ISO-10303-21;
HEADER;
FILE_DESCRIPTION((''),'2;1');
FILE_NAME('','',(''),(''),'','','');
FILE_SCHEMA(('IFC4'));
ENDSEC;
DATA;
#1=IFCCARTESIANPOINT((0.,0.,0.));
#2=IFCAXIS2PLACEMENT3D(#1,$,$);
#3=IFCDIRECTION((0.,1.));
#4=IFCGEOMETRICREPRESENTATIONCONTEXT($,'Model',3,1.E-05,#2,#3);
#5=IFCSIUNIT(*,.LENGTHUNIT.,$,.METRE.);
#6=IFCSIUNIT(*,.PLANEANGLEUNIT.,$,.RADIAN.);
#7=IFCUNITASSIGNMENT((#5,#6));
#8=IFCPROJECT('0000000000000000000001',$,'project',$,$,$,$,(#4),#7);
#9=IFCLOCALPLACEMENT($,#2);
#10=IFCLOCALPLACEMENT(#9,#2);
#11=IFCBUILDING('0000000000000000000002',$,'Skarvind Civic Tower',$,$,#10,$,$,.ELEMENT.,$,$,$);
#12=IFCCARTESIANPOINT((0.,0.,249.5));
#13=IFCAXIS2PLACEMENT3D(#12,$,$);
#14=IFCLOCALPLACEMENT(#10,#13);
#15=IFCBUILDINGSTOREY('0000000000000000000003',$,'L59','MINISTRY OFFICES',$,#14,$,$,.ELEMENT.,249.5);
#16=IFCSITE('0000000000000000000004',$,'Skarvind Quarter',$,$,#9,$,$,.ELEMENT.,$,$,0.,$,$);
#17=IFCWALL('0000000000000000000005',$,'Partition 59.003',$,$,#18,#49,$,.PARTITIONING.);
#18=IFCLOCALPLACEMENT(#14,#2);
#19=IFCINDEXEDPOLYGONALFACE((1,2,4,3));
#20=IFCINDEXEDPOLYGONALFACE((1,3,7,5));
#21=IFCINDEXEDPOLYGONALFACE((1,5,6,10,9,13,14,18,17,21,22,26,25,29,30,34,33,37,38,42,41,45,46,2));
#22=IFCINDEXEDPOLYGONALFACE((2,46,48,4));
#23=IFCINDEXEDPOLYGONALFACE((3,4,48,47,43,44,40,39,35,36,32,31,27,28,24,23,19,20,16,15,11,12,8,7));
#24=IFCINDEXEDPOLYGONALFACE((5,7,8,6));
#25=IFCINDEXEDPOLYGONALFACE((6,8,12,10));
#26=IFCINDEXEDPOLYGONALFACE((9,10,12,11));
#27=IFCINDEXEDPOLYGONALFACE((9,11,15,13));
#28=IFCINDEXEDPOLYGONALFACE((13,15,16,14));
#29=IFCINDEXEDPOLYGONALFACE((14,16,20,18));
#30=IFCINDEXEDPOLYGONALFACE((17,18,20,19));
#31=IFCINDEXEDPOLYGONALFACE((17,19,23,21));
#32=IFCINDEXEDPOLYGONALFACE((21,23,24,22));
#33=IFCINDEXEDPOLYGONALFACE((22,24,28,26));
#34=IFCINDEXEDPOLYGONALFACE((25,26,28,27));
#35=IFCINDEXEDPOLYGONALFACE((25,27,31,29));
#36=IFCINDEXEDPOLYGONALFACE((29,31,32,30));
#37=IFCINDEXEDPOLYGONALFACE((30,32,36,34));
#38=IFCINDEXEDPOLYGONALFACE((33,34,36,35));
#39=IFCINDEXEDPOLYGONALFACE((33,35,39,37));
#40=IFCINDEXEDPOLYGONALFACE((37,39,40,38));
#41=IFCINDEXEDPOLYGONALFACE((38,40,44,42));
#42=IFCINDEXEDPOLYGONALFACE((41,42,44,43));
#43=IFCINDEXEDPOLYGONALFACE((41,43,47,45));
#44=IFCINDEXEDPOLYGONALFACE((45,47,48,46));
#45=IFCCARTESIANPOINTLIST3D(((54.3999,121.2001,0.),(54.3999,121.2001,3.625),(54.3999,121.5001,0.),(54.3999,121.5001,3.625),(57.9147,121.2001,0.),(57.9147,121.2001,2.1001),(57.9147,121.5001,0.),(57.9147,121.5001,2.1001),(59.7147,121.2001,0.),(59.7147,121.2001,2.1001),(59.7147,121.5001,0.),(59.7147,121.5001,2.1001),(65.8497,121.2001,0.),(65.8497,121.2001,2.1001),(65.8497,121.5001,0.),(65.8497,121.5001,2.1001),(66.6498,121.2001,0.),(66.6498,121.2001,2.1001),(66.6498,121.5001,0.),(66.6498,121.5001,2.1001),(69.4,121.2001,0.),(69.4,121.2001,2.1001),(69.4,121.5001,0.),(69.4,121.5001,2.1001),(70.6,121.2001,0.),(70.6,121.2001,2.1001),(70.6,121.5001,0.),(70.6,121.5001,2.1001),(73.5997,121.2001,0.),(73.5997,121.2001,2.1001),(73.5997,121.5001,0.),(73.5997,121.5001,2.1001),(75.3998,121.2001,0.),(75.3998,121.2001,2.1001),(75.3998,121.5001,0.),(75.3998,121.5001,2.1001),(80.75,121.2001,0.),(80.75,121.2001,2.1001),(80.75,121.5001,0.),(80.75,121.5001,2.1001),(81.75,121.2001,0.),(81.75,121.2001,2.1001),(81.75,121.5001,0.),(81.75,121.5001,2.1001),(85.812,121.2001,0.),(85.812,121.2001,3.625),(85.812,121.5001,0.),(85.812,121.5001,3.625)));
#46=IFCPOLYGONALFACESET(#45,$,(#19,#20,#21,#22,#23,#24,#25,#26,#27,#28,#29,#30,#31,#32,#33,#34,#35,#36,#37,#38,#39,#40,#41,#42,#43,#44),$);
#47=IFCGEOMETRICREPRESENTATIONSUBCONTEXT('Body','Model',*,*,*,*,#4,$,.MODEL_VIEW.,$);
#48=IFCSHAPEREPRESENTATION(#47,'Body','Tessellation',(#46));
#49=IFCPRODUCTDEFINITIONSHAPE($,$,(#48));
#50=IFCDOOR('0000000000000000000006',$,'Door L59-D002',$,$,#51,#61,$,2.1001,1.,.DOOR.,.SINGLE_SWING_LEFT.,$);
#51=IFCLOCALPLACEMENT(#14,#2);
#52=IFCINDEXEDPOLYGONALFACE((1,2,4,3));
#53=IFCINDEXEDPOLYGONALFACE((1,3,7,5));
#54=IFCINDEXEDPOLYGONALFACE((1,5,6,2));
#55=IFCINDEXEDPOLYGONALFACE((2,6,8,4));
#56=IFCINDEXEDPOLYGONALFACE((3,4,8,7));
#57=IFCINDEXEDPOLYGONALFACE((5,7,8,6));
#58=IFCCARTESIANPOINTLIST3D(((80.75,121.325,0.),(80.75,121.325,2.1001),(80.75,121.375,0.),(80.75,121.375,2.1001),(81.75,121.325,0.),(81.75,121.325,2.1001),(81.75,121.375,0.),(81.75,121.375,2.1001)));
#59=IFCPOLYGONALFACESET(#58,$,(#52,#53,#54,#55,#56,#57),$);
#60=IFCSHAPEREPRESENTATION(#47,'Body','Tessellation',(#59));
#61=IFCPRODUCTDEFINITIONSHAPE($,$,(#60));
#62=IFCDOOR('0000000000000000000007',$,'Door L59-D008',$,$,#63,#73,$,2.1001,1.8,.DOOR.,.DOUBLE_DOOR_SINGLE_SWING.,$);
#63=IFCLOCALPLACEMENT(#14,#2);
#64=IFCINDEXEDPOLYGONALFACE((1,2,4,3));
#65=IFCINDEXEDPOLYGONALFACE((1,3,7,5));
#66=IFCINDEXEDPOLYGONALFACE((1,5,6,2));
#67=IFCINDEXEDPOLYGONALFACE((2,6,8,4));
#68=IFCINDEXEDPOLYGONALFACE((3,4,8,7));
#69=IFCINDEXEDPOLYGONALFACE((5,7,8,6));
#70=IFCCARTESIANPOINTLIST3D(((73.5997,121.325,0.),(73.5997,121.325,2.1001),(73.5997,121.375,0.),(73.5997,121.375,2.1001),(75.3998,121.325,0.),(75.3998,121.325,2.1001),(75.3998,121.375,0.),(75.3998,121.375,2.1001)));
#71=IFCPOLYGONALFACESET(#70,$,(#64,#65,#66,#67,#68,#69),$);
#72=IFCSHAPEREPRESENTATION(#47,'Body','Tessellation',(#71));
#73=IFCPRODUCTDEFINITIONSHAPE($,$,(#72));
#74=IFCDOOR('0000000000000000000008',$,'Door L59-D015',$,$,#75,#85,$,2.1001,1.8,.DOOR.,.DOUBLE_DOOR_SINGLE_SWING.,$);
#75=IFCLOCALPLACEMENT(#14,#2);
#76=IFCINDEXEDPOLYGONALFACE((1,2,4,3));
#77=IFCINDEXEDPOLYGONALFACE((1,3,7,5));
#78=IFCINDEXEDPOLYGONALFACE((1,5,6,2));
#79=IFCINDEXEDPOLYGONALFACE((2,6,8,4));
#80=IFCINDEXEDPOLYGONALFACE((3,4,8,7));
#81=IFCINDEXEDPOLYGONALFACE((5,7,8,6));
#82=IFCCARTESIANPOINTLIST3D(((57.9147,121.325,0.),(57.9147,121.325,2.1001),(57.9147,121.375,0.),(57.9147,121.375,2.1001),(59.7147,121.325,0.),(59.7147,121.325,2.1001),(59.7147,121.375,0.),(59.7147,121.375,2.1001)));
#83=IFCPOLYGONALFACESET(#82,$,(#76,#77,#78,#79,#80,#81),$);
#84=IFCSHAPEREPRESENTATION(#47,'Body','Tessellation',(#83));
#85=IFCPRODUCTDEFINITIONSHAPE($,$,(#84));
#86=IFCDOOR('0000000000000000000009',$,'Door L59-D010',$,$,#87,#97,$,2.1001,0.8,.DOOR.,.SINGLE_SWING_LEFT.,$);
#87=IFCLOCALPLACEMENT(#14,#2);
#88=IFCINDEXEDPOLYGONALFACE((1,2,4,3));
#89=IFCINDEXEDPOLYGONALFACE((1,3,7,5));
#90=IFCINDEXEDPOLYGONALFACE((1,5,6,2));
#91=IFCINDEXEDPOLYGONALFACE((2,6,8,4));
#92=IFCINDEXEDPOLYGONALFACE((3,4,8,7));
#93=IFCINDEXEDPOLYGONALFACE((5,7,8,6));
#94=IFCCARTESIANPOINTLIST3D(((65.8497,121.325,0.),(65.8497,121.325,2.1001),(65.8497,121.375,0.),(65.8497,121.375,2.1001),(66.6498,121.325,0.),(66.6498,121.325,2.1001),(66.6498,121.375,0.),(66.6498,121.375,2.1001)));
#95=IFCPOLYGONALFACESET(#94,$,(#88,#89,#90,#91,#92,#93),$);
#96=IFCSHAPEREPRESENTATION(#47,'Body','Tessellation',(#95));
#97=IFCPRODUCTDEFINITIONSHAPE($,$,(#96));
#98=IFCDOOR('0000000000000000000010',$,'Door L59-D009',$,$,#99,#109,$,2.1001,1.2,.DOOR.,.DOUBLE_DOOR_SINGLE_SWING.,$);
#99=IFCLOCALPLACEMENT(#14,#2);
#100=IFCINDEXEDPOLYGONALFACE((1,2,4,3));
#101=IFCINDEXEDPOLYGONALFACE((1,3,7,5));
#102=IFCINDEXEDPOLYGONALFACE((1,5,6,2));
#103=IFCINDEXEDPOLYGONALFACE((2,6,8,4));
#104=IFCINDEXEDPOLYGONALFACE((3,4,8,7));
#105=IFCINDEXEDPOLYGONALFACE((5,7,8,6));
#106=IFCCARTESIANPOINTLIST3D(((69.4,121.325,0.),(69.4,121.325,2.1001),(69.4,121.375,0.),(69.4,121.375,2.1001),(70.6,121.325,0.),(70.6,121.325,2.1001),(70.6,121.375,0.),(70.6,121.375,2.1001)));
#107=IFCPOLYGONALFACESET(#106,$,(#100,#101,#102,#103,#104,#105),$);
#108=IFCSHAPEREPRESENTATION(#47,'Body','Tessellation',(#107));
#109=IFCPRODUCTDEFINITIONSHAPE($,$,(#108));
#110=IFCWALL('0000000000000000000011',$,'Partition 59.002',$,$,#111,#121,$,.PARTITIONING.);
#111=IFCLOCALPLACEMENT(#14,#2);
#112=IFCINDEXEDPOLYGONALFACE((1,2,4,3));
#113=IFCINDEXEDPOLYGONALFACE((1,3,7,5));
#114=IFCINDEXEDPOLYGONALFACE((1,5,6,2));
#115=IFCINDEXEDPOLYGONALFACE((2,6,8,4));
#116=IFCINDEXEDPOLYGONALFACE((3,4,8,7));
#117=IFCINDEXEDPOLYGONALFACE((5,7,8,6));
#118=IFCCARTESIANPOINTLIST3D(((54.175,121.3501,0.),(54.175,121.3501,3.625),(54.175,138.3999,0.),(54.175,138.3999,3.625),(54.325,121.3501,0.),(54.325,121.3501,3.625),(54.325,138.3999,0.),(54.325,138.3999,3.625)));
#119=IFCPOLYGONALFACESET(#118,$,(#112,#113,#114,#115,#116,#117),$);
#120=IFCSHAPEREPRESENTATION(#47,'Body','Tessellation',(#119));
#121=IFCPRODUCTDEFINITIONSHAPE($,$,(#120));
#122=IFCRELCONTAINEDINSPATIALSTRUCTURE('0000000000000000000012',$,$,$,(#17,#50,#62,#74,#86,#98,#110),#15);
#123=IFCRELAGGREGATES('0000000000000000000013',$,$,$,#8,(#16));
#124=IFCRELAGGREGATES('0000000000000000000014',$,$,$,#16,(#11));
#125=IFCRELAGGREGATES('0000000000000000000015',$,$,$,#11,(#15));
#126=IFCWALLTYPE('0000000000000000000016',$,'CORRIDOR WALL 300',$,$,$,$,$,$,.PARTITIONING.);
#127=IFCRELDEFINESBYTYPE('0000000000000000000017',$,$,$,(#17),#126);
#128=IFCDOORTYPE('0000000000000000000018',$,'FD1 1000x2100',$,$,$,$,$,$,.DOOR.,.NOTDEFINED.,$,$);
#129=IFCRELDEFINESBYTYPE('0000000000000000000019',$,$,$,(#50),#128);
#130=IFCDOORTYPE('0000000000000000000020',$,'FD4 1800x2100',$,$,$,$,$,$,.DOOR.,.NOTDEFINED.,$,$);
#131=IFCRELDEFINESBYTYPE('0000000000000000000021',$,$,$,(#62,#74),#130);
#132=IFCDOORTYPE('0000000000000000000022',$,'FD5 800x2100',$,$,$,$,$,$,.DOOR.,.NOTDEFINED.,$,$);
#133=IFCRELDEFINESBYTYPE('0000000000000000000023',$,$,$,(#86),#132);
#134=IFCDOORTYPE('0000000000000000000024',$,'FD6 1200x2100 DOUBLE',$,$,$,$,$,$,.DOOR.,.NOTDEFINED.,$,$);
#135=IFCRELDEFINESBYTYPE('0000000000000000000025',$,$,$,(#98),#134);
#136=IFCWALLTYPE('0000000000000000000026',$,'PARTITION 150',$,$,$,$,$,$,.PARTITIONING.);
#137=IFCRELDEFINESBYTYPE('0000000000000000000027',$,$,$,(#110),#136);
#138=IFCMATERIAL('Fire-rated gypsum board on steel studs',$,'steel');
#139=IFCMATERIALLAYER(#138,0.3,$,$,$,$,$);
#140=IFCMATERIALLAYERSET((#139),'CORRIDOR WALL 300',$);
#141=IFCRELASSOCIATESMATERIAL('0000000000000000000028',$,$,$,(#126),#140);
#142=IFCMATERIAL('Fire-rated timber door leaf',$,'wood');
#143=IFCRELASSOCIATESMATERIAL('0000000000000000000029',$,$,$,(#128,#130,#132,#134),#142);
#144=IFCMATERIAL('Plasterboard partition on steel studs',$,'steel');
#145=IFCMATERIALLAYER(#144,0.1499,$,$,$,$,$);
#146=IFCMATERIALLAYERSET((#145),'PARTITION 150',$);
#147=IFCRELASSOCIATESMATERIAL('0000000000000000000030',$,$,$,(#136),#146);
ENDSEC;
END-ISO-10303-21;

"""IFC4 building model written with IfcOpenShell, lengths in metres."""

from ifc_helpers import new_model, si_unit, direction, frame, frame_2d, origin, place, context, subcontext, project, spatial, rectangle, extrude, material, layer, layer_set, type_object, element, fill, save


model = new_model("IFC4")

# Units and contexts
model_context = context("Model", 3, precision=1e-05, world=origin(), true_north=direction((0.0, 1.0)))
body_context = subcontext(model_context, "Body", "Model", "MODEL_VIEW")
ifc_project = project(units=[si_unit("LENGTHUNIT", "METRE"), si_unit("PLANEANGLEUNIT", "RADIAN")], contexts=[model_context])

# Site, building, storey
site_placement = place(None, origin())
site = spatial("IfcSite", under=ifc_project, at=site_placement, Name="Skarvind Quarter", CompositionType="ELEMENT", RefElevation=0.0)
building_placement = place(site_placement, origin())
building = spatial("IfcBuilding", under=site, at=building_placement, Name="Skarvind Civic Tower", CompositionType="ELEMENT")
storey_placement = place(building_placement, frame((0.0, 0.0, 249.5)))
storey = spatial("IfcBuildingStorey", under=building, at=storey_placement, Name="L59", Description="MINISTRY OFFICES", CompositionType="ELEMENT", Elevation=249.5)

# Wall, openings, doors
ifc_material_1 = material(Name="Fire-rated gypsum board on steel studs", Category="steel")
ifc_layer_1 = layer(ifc_material_1, 0.3)
ifc_layer_set_1 = layer_set([ifc_layer_1], Name="CORRIDOR WALL 300")
wall_type_1 = type_object("IfcWallType", Name="CORRIDOR WALL 300", PredefinedType="PARTITIONING", material=ifc_layer_set_1)
wall_1_placement = place(storey_placement, frame((54.3999, 121.3501, 0.0), z_axis=(0.0, 0.0, 1.0), x_axis=(1.0, 0.0, 0.0)))
wall_1 = element("IfcWall", 1, at=wall_1_placement, inside=storey, type_object=wall_type_1, Name="Partition 59.003", PredefinedType="PARTITIONING", context=body_context, shape_type="SweptSolid", body=[
    extrude(rectangle(XDim=31.4121, YDim=0.3, at=frame_2d((15.7061, 0.0))), origin(), (0.0, 0.0, 1.0), 3.625),
])
opening_1_placement = place(wall_1_placement, frame((26.3501, 0.0, 0.0)))
opening_1 = element("IfcOpeningElement", 2, at=opening_1_placement, cuts=wall_1, PredefinedType="OPENING", context=body_context, shape_type="SweptSolid", body=[
    extrude(rectangle(XDim=1.0, YDim=2.1001, at=frame_2d((0.5, 1.05))), frame((0.0, 0.1599, 0.0), z_axis=(0.0, -1.0, 0.0), x_axis=(1.0, 0.0, 0.0)), (0.0, 0.0, 1.0), 0.3201),
])
opening_2_placement = place(wall_1_placement, frame((19.2, 0.0, 0.0)))
opening_2 = element("IfcOpeningElement", 3, at=opening_2_placement, cuts=wall_1, PredefinedType="OPENING", context=body_context, shape_type="SweptSolid", body=[
    extrude(rectangle(XDim=1.8, YDim=2.1001, at=frame_2d((0.8999, 1.05))), frame((0.0, 0.1599, 0.0), z_axis=(0.0, -1.0, 0.0), x_axis=(1.0, 0.0, 0.0)), (0.0, 0.0, 1.0), 0.3201),
])
opening_3_placement = place(wall_1_placement, frame((15.0, 0.0, 0.0)))
opening_3 = element("IfcOpeningElement", 4, at=opening_3_placement, cuts=wall_1, PredefinedType="OPENING", context=body_context, shape_type="SweptSolid", body=[
    extrude(rectangle(XDim=1.2, YDim=2.1001, at=frame_2d((0.6001, 1.05))), frame((0.0, 0.1599, 0.0), z_axis=(0.0, -1.0, 0.0), x_axis=(1.0, 0.0, 0.0)), (0.0, 0.0, 1.0), 0.3201),
])
opening_4_placement = place(wall_1_placement, frame((11.45, 0.0, 0.0)))
opening_4 = element("IfcOpeningElement", 5, at=opening_4_placement, cuts=wall_1, PredefinedType="OPENING", context=body_context, shape_type="SweptSolid", body=[
    extrude(rectangle(XDim=0.8, YDim=2.1001, at=frame_2d((0.3999, 1.05))), frame((0.0, 0.1599, 0.0), z_axis=(0.0, -1.0, 0.0), x_axis=(1.0, 0.0, 0.0)), (0.0, 0.0, 1.0), 0.3201),
])
opening_5_placement = place(wall_1_placement, frame((3.5149, 0.0, 0.0)))
opening_5 = element("IfcOpeningElement", 6, at=opening_5_placement, cuts=wall_1, PredefinedType="OPENING", context=body_context, shape_type="SweptSolid", body=[
    extrude(rectangle(XDim=1.8, YDim=2.1001, at=frame_2d((0.8999, 1.05))), frame((0.0, 0.1599, 0.0), z_axis=(0.0, -1.0, 0.0), x_axis=(1.0, 0.0, 0.0)), (0.0, 0.0, 1.0), 0.3201),
])
ifc_material_2 = material(Name="Fire-rated timber door leaf", Category="wood")
door_type_1 = type_object("IfcDoorType", Name="FD1 1000x2100", OperationType="NOTDEFINED", PredefinedType="DOOR", material=ifc_material_2)
door_1_placement = place(opening_1_placement, origin())
door_1 = element("IfcDoor", 7, at=door_1_placement, inside=storey, type_object=door_type_1, Name="Door L59-D002", OperationType="SINGLE_SWING_LEFT", OverallHeight=2.1001, OverallWidth=1.0, PredefinedType="DOOR", context=body_context, shape_type="SweptSolid", body=[
    extrude(rectangle(XDim=1.0, YDim=2.1001, at=frame_2d((0.5, 1.05))), frame((0.0, 0.0249, 0.0), z_axis=(0.0, -1.0, 0.0), x_axis=(1.0, 0.0, 0.0)), (0.0, 0.0, 1.0), 0.05),
])
fill(opening_1, door_1)
door_type_2 = type_object("IfcDoorType", Name="FD4 1800x2100", OperationType="NOTDEFINED", PredefinedType="DOOR", material=ifc_material_2)
door_2_placement = place(opening_2_placement, origin())
door_2 = element("IfcDoor", 8, at=door_2_placement, inside=storey, type_object=door_type_2, Name="Door L59-D008", OperationType="DOUBLE_DOOR_SINGLE_SWING", OverallHeight=2.1001, OverallWidth=1.8, PredefinedType="DOOR", context=body_context, shape_type="SweptSolid", body=[
    extrude(rectangle(XDim=1.8, YDim=2.1001, at=frame_2d((0.8999, 1.05))), frame((0.0, 0.0249, 0.0), z_axis=(0.0, -1.0, 0.0), x_axis=(1.0, 0.0, 0.0)), (0.0, 0.0, 1.0), 0.05),
])
fill(opening_2, door_2)
door_3_placement = place(opening_5_placement, origin())
door_3 = element("IfcDoor", 9, at=door_3_placement, inside=storey, type_object=door_type_2, Name="Door L59-D015", OperationType="DOUBLE_DOOR_SINGLE_SWING", OverallHeight=2.1001, OverallWidth=1.8, PredefinedType="DOOR", context=body_context, shape_type="SweptSolid", body=[
    extrude(rectangle(XDim=1.8, YDim=2.1001, at=frame_2d((0.8999, 1.05))), frame((0.0, 0.0249, 0.0), z_axis=(0.0, -1.0, 0.0), x_axis=(1.0, 0.0, 0.0)), (0.0, 0.0, 1.0), 0.05),
])
fill(opening_5, door_3)
door_type_3 = type_object("IfcDoorType", Name="FD5 800x2100", OperationType="NOTDEFINED", PredefinedType="DOOR", material=ifc_material_2)
door_4_placement = place(opening_4_placement, origin())
door_4 = element("IfcDoor", 10, at=door_4_placement, inside=storey, type_object=door_type_3, Name="Door L59-D010", OperationType="SINGLE_SWING_LEFT", OverallHeight=2.1001, OverallWidth=0.8, PredefinedType="DOOR", context=body_context, shape_type="SweptSolid", body=[
    extrude(rectangle(XDim=0.8, YDim=2.1001, at=frame_2d((0.3999, 1.05))), frame((0.0, 0.0249, 0.0), z_axis=(0.0, -1.0, 0.0), x_axis=(1.0, 0.0, 0.0)), (0.0, 0.0, 1.0), 0.05),
])
fill(opening_4, door_4)
door_type_4 = type_object("IfcDoorType", Name="FD6 1200x2100 DOUBLE", OperationType="NOTDEFINED", PredefinedType="DOOR", material=ifc_material_2)
door_5_placement = place(opening_3_placement, origin())
door_5 = element("IfcDoor", 11, at=door_5_placement, inside=storey, type_object=door_type_4, Name="Door L59-D009", OperationType="DOUBLE_DOOR_SINGLE_SWING", OverallHeight=2.1001, OverallWidth=1.2, PredefinedType="DOOR", context=body_context, shape_type="SweptSolid", body=[
    extrude(rectangle(XDim=1.2, YDim=2.1001, at=frame_2d((0.6001, 1.05))), frame((0.0, 0.0249, 0.0), z_axis=(0.0, -1.0, 0.0), x_axis=(1.0, 0.0, 0.0)), (0.0, 0.0, 1.0), 0.05),
])
fill(opening_3, door_5)

# Wall
ifc_material_3 = material(Name="Plasterboard partition on steel studs", Category="steel")
ifc_layer_2 = layer(ifc_material_3, 0.1499)
ifc_layer_set_2 = layer_set([ifc_layer_2], Name="PARTITION 150")
wall_type_2 = type_object("IfcWallType", Name="PARTITION 150", PredefinedType="PARTITIONING", material=ifc_layer_set_2)
wall_2_placement = place(storey_placement, frame((54.25, 121.3501, 0.0), z_axis=(0.0, 0.0, 1.0), x_axis=(0.0, 1.0, 0.0)))
element("IfcWall", 12, at=wall_2_placement, inside=storey, type_object=wall_type_2, Name="Partition 59.002", PredefinedType="PARTITIONING", context=body_context, shape_type="SweptSolid", body=[
    extrude(rectangle(XDim=17.0498, YDim=0.1499, at=frame_2d((8.5249, 0.0))), origin(), (0.0, 0.0, 1.0), 3.625),
])

save(model, "model.ifc")
